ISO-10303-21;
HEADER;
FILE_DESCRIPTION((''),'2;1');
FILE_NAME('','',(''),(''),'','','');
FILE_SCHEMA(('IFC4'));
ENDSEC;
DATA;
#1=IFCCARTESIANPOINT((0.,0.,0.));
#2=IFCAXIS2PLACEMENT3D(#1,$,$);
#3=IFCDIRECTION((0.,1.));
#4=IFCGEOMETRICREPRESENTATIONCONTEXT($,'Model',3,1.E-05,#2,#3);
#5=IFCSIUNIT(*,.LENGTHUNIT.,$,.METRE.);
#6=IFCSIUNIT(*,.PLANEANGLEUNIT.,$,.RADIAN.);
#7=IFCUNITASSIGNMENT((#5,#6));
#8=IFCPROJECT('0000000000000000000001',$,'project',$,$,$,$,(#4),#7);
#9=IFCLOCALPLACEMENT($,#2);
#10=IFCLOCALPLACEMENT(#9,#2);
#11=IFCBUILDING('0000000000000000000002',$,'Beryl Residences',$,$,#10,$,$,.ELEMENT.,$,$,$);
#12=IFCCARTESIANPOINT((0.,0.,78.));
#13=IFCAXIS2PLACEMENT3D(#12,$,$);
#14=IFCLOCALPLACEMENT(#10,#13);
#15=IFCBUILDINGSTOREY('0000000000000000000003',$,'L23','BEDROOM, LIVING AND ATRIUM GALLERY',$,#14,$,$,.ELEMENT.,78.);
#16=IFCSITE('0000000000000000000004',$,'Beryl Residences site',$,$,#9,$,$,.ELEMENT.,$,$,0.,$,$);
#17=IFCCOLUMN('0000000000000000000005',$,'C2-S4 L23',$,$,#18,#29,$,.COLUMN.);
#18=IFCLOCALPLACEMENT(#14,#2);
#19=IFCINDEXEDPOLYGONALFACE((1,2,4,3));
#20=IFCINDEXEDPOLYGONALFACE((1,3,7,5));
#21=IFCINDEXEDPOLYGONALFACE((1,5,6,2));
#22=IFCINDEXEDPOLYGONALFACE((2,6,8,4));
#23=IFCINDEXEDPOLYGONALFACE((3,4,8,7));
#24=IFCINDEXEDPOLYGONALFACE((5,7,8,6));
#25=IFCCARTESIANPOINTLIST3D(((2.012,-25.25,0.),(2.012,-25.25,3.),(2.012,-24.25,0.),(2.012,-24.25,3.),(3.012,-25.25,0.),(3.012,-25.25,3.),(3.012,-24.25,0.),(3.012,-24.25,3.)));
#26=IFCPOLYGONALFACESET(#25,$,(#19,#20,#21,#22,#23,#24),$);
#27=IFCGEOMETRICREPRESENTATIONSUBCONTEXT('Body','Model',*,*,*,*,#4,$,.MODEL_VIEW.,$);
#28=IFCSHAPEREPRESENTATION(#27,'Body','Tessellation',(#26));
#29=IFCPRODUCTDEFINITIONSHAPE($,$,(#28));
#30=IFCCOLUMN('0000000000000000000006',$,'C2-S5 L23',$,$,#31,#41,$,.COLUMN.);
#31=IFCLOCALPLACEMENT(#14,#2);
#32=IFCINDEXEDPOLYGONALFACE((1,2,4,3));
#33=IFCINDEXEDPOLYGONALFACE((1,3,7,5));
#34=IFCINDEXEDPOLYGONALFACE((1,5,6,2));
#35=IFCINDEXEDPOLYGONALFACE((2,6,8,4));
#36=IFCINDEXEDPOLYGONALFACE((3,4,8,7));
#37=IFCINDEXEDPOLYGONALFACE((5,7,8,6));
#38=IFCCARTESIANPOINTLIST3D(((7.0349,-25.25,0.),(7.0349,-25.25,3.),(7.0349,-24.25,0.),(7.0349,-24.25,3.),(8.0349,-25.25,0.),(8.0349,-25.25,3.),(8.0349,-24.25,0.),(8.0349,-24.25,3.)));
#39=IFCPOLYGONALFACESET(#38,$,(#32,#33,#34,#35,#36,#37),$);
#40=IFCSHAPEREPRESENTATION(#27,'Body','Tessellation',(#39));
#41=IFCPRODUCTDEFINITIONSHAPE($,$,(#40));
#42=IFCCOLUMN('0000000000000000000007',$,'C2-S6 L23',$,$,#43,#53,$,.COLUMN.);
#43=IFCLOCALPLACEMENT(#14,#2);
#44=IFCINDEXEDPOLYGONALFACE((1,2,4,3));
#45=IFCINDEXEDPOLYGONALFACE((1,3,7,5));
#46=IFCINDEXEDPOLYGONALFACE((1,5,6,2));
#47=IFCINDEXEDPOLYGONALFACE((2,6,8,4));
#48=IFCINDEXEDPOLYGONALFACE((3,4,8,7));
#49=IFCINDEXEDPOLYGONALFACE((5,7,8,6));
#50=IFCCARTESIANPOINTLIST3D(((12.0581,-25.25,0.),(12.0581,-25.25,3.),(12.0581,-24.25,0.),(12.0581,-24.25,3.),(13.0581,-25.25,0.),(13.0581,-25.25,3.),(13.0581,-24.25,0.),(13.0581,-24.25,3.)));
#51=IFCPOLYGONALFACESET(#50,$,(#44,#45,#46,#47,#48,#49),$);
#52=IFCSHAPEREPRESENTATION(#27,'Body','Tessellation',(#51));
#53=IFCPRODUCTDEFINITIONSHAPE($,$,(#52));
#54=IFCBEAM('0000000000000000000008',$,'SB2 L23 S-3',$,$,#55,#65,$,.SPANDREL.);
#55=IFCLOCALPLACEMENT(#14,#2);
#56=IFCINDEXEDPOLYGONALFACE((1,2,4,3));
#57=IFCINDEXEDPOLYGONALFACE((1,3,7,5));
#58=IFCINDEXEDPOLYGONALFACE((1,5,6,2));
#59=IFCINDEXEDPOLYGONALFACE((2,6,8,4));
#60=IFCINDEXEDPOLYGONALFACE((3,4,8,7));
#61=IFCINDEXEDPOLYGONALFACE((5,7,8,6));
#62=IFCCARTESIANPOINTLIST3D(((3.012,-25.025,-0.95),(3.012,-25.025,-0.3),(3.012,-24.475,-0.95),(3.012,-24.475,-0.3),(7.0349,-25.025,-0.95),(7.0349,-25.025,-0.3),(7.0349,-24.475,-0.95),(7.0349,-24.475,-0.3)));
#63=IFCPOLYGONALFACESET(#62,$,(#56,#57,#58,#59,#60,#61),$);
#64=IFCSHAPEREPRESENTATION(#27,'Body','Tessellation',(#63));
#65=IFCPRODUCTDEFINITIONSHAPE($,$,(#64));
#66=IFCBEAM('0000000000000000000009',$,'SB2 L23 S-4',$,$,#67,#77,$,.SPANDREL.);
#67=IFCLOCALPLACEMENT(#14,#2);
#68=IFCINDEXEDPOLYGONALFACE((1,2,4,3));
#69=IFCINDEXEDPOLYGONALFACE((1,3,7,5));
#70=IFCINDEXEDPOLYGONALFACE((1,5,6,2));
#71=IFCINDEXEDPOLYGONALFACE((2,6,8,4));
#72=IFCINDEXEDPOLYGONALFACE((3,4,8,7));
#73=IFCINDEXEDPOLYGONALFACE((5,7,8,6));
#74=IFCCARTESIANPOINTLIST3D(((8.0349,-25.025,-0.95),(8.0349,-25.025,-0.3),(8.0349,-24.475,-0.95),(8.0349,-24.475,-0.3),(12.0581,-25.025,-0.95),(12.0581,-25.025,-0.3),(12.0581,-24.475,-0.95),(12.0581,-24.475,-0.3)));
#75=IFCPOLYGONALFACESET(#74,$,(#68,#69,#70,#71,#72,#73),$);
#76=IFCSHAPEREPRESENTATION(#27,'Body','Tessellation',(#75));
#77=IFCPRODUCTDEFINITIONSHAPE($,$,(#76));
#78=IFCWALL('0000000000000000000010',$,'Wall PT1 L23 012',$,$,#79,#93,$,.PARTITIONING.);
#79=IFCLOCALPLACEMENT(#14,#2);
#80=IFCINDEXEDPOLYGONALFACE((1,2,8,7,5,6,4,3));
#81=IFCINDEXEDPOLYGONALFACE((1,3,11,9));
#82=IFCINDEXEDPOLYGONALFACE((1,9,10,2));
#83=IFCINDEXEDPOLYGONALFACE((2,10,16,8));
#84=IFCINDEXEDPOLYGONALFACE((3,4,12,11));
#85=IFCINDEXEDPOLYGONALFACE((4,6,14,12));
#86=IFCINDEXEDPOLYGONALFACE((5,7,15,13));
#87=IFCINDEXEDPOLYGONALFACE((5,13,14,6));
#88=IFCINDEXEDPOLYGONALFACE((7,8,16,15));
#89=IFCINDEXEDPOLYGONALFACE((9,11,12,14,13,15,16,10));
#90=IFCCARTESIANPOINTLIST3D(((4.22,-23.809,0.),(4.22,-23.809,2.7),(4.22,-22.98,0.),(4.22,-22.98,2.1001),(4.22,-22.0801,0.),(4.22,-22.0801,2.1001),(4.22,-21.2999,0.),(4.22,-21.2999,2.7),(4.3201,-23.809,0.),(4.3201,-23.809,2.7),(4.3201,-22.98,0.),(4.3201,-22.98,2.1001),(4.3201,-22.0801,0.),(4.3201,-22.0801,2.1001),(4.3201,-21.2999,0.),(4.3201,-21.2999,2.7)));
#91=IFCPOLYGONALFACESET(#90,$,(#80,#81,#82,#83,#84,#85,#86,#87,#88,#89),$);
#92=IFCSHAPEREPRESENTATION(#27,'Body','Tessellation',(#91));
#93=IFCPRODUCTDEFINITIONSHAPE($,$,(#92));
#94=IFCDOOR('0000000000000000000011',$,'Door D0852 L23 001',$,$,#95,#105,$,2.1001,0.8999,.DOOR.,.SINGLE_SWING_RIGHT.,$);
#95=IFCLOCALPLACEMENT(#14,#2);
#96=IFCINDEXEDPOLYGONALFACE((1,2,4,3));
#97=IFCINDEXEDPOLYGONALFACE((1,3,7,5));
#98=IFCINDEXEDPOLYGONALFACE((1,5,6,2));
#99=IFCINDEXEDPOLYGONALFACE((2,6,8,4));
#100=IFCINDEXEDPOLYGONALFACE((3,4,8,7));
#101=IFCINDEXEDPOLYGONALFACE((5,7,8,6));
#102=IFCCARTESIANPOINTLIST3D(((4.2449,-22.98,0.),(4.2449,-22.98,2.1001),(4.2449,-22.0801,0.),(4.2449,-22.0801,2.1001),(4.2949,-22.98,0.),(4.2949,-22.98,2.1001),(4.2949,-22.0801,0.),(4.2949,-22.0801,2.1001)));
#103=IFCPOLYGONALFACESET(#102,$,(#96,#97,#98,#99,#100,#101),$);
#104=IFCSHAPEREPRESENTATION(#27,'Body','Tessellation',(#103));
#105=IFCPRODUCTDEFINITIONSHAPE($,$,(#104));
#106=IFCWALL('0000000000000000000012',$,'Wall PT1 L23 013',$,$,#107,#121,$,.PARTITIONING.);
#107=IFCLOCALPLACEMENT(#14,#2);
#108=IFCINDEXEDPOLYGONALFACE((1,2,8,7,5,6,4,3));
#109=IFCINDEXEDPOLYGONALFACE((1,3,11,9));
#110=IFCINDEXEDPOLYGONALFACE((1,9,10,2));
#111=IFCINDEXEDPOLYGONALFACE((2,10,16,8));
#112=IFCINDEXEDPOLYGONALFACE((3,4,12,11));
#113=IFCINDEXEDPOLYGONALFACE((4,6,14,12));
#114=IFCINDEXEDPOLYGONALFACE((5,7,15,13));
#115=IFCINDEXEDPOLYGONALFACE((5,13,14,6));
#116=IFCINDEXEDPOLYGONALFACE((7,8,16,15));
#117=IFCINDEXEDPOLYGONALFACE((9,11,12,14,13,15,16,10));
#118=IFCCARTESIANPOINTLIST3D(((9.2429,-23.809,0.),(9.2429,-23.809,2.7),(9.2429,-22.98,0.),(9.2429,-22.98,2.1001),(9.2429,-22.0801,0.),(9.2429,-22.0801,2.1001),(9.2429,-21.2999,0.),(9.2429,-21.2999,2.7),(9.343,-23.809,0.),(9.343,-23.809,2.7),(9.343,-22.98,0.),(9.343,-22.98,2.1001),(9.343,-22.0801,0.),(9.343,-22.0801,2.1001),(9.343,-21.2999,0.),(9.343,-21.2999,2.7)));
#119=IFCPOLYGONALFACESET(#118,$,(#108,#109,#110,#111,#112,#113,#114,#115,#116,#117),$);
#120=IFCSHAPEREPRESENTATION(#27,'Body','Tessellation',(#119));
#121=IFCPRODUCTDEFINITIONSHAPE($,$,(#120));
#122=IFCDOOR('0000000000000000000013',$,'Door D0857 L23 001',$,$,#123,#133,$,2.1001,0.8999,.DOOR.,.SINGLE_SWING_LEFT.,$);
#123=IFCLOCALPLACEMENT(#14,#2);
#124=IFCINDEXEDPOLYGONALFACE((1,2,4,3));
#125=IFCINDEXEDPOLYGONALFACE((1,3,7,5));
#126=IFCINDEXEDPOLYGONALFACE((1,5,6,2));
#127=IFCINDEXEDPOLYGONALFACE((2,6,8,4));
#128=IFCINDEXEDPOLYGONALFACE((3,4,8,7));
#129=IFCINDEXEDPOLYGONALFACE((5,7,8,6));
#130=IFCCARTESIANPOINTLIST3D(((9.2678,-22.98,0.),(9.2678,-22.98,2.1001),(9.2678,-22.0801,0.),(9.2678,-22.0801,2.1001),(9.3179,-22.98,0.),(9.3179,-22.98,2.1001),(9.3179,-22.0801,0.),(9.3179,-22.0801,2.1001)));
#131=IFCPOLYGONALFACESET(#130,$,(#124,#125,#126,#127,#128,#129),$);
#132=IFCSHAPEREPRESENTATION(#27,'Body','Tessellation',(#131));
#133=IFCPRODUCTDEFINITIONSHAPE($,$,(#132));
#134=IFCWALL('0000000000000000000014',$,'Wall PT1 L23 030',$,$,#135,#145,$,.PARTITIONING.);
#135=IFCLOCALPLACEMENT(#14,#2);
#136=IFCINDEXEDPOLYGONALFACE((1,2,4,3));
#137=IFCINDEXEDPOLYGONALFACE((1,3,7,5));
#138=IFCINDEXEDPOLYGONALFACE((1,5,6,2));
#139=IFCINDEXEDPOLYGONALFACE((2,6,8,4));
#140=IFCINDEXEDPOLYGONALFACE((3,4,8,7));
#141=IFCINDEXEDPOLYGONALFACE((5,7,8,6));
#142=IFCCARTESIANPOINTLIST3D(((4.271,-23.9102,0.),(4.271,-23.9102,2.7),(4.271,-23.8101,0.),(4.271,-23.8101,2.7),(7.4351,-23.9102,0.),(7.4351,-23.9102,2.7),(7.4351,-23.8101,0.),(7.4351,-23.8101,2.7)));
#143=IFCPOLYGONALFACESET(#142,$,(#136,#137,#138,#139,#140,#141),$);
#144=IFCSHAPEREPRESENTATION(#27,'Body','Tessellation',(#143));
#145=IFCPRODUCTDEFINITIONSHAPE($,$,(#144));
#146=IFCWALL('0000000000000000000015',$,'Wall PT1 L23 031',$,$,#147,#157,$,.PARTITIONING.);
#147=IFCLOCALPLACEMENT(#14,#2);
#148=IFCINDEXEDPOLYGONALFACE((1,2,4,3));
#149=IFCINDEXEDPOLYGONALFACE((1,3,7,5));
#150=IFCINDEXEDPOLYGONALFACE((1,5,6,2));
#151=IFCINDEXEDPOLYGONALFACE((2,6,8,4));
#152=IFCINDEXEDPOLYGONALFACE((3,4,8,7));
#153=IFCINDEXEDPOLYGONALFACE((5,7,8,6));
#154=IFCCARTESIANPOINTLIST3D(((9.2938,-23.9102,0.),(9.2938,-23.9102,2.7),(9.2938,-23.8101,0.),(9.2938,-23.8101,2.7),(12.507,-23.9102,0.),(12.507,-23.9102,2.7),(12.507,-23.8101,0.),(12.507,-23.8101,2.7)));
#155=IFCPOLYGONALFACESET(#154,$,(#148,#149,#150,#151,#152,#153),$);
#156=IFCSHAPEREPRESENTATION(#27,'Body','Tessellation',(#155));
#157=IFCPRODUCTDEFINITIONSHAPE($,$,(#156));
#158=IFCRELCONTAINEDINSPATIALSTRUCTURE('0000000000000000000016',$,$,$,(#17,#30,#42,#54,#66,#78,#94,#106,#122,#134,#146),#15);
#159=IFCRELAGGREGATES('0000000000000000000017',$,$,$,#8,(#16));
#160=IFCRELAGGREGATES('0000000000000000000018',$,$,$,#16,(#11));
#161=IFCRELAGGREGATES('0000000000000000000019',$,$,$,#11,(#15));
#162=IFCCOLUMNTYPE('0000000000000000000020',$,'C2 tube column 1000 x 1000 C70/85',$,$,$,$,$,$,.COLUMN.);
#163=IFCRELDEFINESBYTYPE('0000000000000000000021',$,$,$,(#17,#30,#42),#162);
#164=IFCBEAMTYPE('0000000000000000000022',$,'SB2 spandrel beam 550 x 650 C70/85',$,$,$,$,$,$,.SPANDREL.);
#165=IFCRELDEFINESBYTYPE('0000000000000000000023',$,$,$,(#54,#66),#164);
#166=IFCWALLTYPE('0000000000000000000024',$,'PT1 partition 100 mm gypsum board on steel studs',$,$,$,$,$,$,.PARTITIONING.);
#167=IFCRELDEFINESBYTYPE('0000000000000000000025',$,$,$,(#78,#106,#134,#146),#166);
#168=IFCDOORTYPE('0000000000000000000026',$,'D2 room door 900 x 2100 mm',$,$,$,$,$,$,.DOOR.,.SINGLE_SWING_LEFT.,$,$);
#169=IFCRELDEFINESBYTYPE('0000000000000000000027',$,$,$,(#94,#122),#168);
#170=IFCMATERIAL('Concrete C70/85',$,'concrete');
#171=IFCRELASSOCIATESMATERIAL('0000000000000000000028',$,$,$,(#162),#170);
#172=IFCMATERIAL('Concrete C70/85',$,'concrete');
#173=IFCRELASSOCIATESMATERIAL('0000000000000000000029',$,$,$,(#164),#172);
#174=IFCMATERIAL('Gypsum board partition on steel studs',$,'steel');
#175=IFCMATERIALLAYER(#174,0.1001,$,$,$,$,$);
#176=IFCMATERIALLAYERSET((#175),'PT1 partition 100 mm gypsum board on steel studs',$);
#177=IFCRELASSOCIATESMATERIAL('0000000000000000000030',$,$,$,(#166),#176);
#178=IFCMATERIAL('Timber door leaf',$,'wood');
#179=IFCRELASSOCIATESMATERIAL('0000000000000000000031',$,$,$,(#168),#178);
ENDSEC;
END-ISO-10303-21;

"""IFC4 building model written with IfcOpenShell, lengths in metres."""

from ifc_helpers import new_model, si_unit, direction, frame, frame_2d, origin, origin_2d, place, context, subcontext, project, spatial, rectangle, extrude, material, layer, layer_set, material_profile, profile_set, type_object, element, fill, save


model = new_model("IFC4")

# Units and contexts
model_context = context("Model", 3, precision=1e-05, world=origin(), true_north=direction((0.0, 1.0)))
body_context = subcontext(model_context, "Body", "Model", "MODEL_VIEW")
ifc_project = project(units=[si_unit("LENGTHUNIT", "METRE"), si_unit("PLANEANGLEUNIT", "RADIAN")], contexts=[model_context])

# Site, building, storey
site_placement = place(None, origin())
site = spatial("IfcSite", under=ifc_project, at=site_placement, Name="Beryl Residences site", CompositionType="ELEMENT", RefElevation=0.0)
building_placement = place(site_placement, origin())
building = spatial("IfcBuilding", under=site, at=building_placement, Name="Beryl Residences", CompositionType="ELEMENT")
storey_placement = place(building_placement, frame((0.0, 0.0, 78.0)))
storey = spatial("IfcBuildingStorey", under=building, at=storey_placement, Name="L23", Description="BEDROOM, LIVING AND ATRIUM GALLERY", CompositionType="ELEMENT", Elevation=78.0)

# Columns
ifc_material_1 = material(Name="Concrete C70/85", Category="concrete")
ifc_material_profile_1 = material_profile(ifc_material_1, rectangle(XDim=1.0, YDim=1.0, at=origin_2d()))
ifc_profile_set_1 = profile_set([ifc_material_profile_1], Name="Concrete C70/85")
column_type = type_object("IfcColumnType", Name="C2 tube column 1000 x 1000 C70/85", PredefinedType="COLUMN", material=ifc_profile_set_1)
for number, where, z_axis, x_axis, name in (
    (1, (2.512, -24.75, 0.0), (0.0, 0.0, 1.0), (1.0, 0.0, 0.0), "C2-S4 L23"),
    (2, (7.5349, -24.75, 0.0), (0.0, 0.0, 1.0), (1.0, 0.0, 0.0), "C2-S5 L23"),
    (3, (12.5581, -24.75, 0.0), (0.0, 0.0, 1.0), (1.0, 0.0, 0.0), "C2-S6 L23"),
):
    element("IfcColumn", number, at=place(storey_placement, frame(where, z_axis=z_axis, x_axis=x_axis)), inside=storey, type_object=column_type, Name=name, PredefinedType="COLUMN", context=body_context, shape_type="SweptSolid", body=[
        extrude(rectangle(XDim=1.0, YDim=1.0, at=origin_2d()), origin(), (0.0, 0.0, 1.0), 3.0),
    ])

# Beams
ifc_material_2 = material(Name="Concrete C70/85", Category="concrete")
ifc_material_profile_2 = material_profile(ifc_material_2, rectangle(XDim=0.55, YDim=0.6499, at=origin_2d()))
ifc_profile_set_2 = profile_set([ifc_material_profile_2], Name="Concrete C70/85")
beam_type = type_object("IfcBeamType", Name="SB2 spandrel beam 550 x 650 C70/85", PredefinedType="SPANDREL", material=ifc_profile_set_2)
beam_1_placement = place(storey_placement, frame((3.012, -24.75, -0.625), z_axis=(1.0, 0.0, 0.0), x_axis=(0.0, 1.0, 0.0)))
element("IfcBeam", 4, at=beam_1_placement, inside=storey, type_object=beam_type, Name="SB2 L23 S-3", PredefinedType="SPANDREL", context=body_context, shape_type="SweptSolid", body=[
    extrude(rectangle(XDim=0.55, YDim=0.6499, at=origin_2d()), origin(), (0.0, 0.0, 1.0), 4.0229),
])
beam_2_placement = place(storey_placement, frame((8.0349, -24.75, -0.625), z_axis=(1.0, 0.0, 0.0), x_axis=(0.0, 1.0, 0.0)))
element("IfcBeam", 5, at=beam_2_placement, inside=storey, type_object=beam_type, Name="SB2 L23 S-4", PredefinedType="SPANDREL", context=body_context, shape_type="SweptSolid", body=[
    extrude(rectangle(XDim=0.55, YDim=0.6499, at=origin_2d()), origin(), (0.0, 0.0, 1.0), 4.0232),
])

# Walls, openings, doors
ifc_material_3 = material(Name="Gypsum board partition on steel studs", Category="steel")
ifc_layer_1 = layer(ifc_material_3, 0.1001)
ifc_layer_set_1 = layer_set([ifc_layer_1], Name="PT1 partition 100 mm gypsum board on steel studs")
wall_type_1 = type_object("IfcWallType", Name="PT1 partition 100 mm gypsum board on steel studs", PredefinedType="PARTITIONING", material=ifc_layer_set_1)
wall_1_placement = place(storey_placement, frame((4.27, -21.3, 0.0), z_axis=(0.0, 0.0, 1.0), x_axis=(0.0, -1.0, 0.0)))
wall_1 = element("IfcWall", 6, at=wall_1_placement, inside=storey, type_object=wall_type_1, Name="Wall PT1 L23 012", PredefinedType="PARTITIONING", context=body_context, shape_type="SweptSolid", body=[
    extrude(rectangle(XDim=2.509, YDim=0.1001, at=frame_2d((1.2544, 0.0))), origin(), (0.0, 0.0, 1.0), 2.7),
])
opening_1_placement = place(wall_1_placement, frame((0.78, 0.0, 0.0)))
opening_1 = element("IfcOpeningElement", 7, at=opening_1_placement, cuts=wall_1, PredefinedType="OPENING", context=body_context, shape_type="SweptSolid", body=[
    extrude(rectangle(XDim=0.8999, YDim=2.1001, at=frame_2d((0.45, 1.05))), frame((0.0, 0.0601, 0.0), z_axis=(0.0, -1.0, 0.0), x_axis=(1.0, 0.0, 0.0)), (0.0, 0.0, 1.0), 0.1201),
])
ifc_material_4 = material(Name="Timber door leaf", Category="wood")
door_type_1 = type_object("IfcDoorType", Name="D2 room door 900 x 2100 mm", OperationType="SINGLE_SWING_LEFT", PredefinedType="DOOR", material=ifc_material_4)
door_1_placement = place(opening_1_placement, origin())
door_1 = element("IfcDoor", 8, at=door_1_placement, inside=storey, type_object=door_type_1, Name="Door D0852 L23 001", OperationType="SINGLE_SWING_RIGHT", OverallHeight=2.1001, OverallWidth=0.8999, PredefinedType="DOOR", context=body_context, shape_type="SweptSolid", body=[
    extrude(rectangle(XDim=0.8999, YDim=2.1001, at=frame_2d((0.45, 1.05))), frame((0.0, 0.0249, 0.0), z_axis=(0.0, -1.0, 0.0), x_axis=(1.0, 0.0, 0.0)), (0.0, 0.0, 1.0), 0.05),
])
fill(opening_1, door_1)
wall_2_placement = place(storey_placement, frame((9.293, -21.3, 0.0), z_axis=(0.0, 0.0, 1.0), x_axis=(0.0, -1.0, 0.0)))
wall_2 = element("IfcWall", 9, at=wall_2_placement, inside=storey, type_object=wall_type_1, Name="Wall PT1 L23 013", PredefinedType="PARTITIONING", context=body_context, shape_type="SweptSolid", body=[
    extrude(rectangle(XDim=2.509, YDim=0.1001, at=frame_2d((1.2544, 0.0))), origin(), (0.0, 0.0, 1.0), 2.7),
])
opening_2_placement = place(wall_2_placement, frame((0.78, 0.0, 0.0)))
opening_2 = element("IfcOpeningElement", 10, at=opening_2_placement, cuts=wall_2, PredefinedType="OPENING", context=body_context, shape_type="SweptSolid", body=[
    extrude(rectangle(XDim=0.8999, YDim=2.1001, at=frame_2d((0.45, 1.05))), frame((0.0, 0.0601, 0.0), z_axis=(0.0, -1.0, 0.0), x_axis=(1.0, 0.0, 0.0)), (0.0, 0.0, 1.0), 0.1201),
])
door_2_placement = place(opening_2_placement, origin())
door_2 = element("IfcDoor", 11, at=door_2_placement, inside=storey, type_object=door_type_1, Name="Door D0857 L23 001", OperationType="SINGLE_SWING_LEFT", OverallHeight=2.1001, OverallWidth=0.8999, PredefinedType="DOOR", context=body_context, shape_type="SweptSolid", body=[
    extrude(rectangle(XDim=0.8999, YDim=2.1001, at=frame_2d((0.45, 1.05))), frame((0.0, 0.0249, 0.0), z_axis=(0.0, -1.0, 0.0), x_axis=(1.0, 0.0, 0.0)), (0.0, 0.0, 1.0), 0.05),
])
fill(opening_2, door_2)

# Walls
wall_3_placement = place(storey_placement, frame((4.271, -23.8601, 0.0), z_axis=(0.0, 0.0, 1.0), x_axis=(1.0, 0.0, 0.0)))
element("IfcWall", 12, at=wall_3_placement, inside=storey, type_object=wall_type_1, Name="Wall PT1 L23 030", PredefinedType="PARTITIONING", context=body_context, shape_type="SweptSolid", body=[
    extrude(rectangle(XDim=3.1641, YDim=0.1001, at=frame_2d((1.582, 0.0))), origin(), (0.0, 0.0, 1.0), 2.7),
])
wall_4_placement = place(storey_placement, frame((9.2939, -23.8601, 0.0), z_axis=(0.0, 0.0, 1.0), x_axis=(1.0, 0.0, 0.0)))
element("IfcWall", 13, at=wall_4_placement, inside=storey, type_object=wall_type_1, Name="Wall PT1 L23 031", PredefinedType="PARTITIONING", context=body_context, shape_type="SweptSolid", body=[
    extrude(rectangle(XDim=3.2131, YDim=0.1001, at=frame_2d((1.6064, 0.0))), origin(), (0.0, 0.0, 1.0), 2.7),
])

save(model, "model.ifc")
